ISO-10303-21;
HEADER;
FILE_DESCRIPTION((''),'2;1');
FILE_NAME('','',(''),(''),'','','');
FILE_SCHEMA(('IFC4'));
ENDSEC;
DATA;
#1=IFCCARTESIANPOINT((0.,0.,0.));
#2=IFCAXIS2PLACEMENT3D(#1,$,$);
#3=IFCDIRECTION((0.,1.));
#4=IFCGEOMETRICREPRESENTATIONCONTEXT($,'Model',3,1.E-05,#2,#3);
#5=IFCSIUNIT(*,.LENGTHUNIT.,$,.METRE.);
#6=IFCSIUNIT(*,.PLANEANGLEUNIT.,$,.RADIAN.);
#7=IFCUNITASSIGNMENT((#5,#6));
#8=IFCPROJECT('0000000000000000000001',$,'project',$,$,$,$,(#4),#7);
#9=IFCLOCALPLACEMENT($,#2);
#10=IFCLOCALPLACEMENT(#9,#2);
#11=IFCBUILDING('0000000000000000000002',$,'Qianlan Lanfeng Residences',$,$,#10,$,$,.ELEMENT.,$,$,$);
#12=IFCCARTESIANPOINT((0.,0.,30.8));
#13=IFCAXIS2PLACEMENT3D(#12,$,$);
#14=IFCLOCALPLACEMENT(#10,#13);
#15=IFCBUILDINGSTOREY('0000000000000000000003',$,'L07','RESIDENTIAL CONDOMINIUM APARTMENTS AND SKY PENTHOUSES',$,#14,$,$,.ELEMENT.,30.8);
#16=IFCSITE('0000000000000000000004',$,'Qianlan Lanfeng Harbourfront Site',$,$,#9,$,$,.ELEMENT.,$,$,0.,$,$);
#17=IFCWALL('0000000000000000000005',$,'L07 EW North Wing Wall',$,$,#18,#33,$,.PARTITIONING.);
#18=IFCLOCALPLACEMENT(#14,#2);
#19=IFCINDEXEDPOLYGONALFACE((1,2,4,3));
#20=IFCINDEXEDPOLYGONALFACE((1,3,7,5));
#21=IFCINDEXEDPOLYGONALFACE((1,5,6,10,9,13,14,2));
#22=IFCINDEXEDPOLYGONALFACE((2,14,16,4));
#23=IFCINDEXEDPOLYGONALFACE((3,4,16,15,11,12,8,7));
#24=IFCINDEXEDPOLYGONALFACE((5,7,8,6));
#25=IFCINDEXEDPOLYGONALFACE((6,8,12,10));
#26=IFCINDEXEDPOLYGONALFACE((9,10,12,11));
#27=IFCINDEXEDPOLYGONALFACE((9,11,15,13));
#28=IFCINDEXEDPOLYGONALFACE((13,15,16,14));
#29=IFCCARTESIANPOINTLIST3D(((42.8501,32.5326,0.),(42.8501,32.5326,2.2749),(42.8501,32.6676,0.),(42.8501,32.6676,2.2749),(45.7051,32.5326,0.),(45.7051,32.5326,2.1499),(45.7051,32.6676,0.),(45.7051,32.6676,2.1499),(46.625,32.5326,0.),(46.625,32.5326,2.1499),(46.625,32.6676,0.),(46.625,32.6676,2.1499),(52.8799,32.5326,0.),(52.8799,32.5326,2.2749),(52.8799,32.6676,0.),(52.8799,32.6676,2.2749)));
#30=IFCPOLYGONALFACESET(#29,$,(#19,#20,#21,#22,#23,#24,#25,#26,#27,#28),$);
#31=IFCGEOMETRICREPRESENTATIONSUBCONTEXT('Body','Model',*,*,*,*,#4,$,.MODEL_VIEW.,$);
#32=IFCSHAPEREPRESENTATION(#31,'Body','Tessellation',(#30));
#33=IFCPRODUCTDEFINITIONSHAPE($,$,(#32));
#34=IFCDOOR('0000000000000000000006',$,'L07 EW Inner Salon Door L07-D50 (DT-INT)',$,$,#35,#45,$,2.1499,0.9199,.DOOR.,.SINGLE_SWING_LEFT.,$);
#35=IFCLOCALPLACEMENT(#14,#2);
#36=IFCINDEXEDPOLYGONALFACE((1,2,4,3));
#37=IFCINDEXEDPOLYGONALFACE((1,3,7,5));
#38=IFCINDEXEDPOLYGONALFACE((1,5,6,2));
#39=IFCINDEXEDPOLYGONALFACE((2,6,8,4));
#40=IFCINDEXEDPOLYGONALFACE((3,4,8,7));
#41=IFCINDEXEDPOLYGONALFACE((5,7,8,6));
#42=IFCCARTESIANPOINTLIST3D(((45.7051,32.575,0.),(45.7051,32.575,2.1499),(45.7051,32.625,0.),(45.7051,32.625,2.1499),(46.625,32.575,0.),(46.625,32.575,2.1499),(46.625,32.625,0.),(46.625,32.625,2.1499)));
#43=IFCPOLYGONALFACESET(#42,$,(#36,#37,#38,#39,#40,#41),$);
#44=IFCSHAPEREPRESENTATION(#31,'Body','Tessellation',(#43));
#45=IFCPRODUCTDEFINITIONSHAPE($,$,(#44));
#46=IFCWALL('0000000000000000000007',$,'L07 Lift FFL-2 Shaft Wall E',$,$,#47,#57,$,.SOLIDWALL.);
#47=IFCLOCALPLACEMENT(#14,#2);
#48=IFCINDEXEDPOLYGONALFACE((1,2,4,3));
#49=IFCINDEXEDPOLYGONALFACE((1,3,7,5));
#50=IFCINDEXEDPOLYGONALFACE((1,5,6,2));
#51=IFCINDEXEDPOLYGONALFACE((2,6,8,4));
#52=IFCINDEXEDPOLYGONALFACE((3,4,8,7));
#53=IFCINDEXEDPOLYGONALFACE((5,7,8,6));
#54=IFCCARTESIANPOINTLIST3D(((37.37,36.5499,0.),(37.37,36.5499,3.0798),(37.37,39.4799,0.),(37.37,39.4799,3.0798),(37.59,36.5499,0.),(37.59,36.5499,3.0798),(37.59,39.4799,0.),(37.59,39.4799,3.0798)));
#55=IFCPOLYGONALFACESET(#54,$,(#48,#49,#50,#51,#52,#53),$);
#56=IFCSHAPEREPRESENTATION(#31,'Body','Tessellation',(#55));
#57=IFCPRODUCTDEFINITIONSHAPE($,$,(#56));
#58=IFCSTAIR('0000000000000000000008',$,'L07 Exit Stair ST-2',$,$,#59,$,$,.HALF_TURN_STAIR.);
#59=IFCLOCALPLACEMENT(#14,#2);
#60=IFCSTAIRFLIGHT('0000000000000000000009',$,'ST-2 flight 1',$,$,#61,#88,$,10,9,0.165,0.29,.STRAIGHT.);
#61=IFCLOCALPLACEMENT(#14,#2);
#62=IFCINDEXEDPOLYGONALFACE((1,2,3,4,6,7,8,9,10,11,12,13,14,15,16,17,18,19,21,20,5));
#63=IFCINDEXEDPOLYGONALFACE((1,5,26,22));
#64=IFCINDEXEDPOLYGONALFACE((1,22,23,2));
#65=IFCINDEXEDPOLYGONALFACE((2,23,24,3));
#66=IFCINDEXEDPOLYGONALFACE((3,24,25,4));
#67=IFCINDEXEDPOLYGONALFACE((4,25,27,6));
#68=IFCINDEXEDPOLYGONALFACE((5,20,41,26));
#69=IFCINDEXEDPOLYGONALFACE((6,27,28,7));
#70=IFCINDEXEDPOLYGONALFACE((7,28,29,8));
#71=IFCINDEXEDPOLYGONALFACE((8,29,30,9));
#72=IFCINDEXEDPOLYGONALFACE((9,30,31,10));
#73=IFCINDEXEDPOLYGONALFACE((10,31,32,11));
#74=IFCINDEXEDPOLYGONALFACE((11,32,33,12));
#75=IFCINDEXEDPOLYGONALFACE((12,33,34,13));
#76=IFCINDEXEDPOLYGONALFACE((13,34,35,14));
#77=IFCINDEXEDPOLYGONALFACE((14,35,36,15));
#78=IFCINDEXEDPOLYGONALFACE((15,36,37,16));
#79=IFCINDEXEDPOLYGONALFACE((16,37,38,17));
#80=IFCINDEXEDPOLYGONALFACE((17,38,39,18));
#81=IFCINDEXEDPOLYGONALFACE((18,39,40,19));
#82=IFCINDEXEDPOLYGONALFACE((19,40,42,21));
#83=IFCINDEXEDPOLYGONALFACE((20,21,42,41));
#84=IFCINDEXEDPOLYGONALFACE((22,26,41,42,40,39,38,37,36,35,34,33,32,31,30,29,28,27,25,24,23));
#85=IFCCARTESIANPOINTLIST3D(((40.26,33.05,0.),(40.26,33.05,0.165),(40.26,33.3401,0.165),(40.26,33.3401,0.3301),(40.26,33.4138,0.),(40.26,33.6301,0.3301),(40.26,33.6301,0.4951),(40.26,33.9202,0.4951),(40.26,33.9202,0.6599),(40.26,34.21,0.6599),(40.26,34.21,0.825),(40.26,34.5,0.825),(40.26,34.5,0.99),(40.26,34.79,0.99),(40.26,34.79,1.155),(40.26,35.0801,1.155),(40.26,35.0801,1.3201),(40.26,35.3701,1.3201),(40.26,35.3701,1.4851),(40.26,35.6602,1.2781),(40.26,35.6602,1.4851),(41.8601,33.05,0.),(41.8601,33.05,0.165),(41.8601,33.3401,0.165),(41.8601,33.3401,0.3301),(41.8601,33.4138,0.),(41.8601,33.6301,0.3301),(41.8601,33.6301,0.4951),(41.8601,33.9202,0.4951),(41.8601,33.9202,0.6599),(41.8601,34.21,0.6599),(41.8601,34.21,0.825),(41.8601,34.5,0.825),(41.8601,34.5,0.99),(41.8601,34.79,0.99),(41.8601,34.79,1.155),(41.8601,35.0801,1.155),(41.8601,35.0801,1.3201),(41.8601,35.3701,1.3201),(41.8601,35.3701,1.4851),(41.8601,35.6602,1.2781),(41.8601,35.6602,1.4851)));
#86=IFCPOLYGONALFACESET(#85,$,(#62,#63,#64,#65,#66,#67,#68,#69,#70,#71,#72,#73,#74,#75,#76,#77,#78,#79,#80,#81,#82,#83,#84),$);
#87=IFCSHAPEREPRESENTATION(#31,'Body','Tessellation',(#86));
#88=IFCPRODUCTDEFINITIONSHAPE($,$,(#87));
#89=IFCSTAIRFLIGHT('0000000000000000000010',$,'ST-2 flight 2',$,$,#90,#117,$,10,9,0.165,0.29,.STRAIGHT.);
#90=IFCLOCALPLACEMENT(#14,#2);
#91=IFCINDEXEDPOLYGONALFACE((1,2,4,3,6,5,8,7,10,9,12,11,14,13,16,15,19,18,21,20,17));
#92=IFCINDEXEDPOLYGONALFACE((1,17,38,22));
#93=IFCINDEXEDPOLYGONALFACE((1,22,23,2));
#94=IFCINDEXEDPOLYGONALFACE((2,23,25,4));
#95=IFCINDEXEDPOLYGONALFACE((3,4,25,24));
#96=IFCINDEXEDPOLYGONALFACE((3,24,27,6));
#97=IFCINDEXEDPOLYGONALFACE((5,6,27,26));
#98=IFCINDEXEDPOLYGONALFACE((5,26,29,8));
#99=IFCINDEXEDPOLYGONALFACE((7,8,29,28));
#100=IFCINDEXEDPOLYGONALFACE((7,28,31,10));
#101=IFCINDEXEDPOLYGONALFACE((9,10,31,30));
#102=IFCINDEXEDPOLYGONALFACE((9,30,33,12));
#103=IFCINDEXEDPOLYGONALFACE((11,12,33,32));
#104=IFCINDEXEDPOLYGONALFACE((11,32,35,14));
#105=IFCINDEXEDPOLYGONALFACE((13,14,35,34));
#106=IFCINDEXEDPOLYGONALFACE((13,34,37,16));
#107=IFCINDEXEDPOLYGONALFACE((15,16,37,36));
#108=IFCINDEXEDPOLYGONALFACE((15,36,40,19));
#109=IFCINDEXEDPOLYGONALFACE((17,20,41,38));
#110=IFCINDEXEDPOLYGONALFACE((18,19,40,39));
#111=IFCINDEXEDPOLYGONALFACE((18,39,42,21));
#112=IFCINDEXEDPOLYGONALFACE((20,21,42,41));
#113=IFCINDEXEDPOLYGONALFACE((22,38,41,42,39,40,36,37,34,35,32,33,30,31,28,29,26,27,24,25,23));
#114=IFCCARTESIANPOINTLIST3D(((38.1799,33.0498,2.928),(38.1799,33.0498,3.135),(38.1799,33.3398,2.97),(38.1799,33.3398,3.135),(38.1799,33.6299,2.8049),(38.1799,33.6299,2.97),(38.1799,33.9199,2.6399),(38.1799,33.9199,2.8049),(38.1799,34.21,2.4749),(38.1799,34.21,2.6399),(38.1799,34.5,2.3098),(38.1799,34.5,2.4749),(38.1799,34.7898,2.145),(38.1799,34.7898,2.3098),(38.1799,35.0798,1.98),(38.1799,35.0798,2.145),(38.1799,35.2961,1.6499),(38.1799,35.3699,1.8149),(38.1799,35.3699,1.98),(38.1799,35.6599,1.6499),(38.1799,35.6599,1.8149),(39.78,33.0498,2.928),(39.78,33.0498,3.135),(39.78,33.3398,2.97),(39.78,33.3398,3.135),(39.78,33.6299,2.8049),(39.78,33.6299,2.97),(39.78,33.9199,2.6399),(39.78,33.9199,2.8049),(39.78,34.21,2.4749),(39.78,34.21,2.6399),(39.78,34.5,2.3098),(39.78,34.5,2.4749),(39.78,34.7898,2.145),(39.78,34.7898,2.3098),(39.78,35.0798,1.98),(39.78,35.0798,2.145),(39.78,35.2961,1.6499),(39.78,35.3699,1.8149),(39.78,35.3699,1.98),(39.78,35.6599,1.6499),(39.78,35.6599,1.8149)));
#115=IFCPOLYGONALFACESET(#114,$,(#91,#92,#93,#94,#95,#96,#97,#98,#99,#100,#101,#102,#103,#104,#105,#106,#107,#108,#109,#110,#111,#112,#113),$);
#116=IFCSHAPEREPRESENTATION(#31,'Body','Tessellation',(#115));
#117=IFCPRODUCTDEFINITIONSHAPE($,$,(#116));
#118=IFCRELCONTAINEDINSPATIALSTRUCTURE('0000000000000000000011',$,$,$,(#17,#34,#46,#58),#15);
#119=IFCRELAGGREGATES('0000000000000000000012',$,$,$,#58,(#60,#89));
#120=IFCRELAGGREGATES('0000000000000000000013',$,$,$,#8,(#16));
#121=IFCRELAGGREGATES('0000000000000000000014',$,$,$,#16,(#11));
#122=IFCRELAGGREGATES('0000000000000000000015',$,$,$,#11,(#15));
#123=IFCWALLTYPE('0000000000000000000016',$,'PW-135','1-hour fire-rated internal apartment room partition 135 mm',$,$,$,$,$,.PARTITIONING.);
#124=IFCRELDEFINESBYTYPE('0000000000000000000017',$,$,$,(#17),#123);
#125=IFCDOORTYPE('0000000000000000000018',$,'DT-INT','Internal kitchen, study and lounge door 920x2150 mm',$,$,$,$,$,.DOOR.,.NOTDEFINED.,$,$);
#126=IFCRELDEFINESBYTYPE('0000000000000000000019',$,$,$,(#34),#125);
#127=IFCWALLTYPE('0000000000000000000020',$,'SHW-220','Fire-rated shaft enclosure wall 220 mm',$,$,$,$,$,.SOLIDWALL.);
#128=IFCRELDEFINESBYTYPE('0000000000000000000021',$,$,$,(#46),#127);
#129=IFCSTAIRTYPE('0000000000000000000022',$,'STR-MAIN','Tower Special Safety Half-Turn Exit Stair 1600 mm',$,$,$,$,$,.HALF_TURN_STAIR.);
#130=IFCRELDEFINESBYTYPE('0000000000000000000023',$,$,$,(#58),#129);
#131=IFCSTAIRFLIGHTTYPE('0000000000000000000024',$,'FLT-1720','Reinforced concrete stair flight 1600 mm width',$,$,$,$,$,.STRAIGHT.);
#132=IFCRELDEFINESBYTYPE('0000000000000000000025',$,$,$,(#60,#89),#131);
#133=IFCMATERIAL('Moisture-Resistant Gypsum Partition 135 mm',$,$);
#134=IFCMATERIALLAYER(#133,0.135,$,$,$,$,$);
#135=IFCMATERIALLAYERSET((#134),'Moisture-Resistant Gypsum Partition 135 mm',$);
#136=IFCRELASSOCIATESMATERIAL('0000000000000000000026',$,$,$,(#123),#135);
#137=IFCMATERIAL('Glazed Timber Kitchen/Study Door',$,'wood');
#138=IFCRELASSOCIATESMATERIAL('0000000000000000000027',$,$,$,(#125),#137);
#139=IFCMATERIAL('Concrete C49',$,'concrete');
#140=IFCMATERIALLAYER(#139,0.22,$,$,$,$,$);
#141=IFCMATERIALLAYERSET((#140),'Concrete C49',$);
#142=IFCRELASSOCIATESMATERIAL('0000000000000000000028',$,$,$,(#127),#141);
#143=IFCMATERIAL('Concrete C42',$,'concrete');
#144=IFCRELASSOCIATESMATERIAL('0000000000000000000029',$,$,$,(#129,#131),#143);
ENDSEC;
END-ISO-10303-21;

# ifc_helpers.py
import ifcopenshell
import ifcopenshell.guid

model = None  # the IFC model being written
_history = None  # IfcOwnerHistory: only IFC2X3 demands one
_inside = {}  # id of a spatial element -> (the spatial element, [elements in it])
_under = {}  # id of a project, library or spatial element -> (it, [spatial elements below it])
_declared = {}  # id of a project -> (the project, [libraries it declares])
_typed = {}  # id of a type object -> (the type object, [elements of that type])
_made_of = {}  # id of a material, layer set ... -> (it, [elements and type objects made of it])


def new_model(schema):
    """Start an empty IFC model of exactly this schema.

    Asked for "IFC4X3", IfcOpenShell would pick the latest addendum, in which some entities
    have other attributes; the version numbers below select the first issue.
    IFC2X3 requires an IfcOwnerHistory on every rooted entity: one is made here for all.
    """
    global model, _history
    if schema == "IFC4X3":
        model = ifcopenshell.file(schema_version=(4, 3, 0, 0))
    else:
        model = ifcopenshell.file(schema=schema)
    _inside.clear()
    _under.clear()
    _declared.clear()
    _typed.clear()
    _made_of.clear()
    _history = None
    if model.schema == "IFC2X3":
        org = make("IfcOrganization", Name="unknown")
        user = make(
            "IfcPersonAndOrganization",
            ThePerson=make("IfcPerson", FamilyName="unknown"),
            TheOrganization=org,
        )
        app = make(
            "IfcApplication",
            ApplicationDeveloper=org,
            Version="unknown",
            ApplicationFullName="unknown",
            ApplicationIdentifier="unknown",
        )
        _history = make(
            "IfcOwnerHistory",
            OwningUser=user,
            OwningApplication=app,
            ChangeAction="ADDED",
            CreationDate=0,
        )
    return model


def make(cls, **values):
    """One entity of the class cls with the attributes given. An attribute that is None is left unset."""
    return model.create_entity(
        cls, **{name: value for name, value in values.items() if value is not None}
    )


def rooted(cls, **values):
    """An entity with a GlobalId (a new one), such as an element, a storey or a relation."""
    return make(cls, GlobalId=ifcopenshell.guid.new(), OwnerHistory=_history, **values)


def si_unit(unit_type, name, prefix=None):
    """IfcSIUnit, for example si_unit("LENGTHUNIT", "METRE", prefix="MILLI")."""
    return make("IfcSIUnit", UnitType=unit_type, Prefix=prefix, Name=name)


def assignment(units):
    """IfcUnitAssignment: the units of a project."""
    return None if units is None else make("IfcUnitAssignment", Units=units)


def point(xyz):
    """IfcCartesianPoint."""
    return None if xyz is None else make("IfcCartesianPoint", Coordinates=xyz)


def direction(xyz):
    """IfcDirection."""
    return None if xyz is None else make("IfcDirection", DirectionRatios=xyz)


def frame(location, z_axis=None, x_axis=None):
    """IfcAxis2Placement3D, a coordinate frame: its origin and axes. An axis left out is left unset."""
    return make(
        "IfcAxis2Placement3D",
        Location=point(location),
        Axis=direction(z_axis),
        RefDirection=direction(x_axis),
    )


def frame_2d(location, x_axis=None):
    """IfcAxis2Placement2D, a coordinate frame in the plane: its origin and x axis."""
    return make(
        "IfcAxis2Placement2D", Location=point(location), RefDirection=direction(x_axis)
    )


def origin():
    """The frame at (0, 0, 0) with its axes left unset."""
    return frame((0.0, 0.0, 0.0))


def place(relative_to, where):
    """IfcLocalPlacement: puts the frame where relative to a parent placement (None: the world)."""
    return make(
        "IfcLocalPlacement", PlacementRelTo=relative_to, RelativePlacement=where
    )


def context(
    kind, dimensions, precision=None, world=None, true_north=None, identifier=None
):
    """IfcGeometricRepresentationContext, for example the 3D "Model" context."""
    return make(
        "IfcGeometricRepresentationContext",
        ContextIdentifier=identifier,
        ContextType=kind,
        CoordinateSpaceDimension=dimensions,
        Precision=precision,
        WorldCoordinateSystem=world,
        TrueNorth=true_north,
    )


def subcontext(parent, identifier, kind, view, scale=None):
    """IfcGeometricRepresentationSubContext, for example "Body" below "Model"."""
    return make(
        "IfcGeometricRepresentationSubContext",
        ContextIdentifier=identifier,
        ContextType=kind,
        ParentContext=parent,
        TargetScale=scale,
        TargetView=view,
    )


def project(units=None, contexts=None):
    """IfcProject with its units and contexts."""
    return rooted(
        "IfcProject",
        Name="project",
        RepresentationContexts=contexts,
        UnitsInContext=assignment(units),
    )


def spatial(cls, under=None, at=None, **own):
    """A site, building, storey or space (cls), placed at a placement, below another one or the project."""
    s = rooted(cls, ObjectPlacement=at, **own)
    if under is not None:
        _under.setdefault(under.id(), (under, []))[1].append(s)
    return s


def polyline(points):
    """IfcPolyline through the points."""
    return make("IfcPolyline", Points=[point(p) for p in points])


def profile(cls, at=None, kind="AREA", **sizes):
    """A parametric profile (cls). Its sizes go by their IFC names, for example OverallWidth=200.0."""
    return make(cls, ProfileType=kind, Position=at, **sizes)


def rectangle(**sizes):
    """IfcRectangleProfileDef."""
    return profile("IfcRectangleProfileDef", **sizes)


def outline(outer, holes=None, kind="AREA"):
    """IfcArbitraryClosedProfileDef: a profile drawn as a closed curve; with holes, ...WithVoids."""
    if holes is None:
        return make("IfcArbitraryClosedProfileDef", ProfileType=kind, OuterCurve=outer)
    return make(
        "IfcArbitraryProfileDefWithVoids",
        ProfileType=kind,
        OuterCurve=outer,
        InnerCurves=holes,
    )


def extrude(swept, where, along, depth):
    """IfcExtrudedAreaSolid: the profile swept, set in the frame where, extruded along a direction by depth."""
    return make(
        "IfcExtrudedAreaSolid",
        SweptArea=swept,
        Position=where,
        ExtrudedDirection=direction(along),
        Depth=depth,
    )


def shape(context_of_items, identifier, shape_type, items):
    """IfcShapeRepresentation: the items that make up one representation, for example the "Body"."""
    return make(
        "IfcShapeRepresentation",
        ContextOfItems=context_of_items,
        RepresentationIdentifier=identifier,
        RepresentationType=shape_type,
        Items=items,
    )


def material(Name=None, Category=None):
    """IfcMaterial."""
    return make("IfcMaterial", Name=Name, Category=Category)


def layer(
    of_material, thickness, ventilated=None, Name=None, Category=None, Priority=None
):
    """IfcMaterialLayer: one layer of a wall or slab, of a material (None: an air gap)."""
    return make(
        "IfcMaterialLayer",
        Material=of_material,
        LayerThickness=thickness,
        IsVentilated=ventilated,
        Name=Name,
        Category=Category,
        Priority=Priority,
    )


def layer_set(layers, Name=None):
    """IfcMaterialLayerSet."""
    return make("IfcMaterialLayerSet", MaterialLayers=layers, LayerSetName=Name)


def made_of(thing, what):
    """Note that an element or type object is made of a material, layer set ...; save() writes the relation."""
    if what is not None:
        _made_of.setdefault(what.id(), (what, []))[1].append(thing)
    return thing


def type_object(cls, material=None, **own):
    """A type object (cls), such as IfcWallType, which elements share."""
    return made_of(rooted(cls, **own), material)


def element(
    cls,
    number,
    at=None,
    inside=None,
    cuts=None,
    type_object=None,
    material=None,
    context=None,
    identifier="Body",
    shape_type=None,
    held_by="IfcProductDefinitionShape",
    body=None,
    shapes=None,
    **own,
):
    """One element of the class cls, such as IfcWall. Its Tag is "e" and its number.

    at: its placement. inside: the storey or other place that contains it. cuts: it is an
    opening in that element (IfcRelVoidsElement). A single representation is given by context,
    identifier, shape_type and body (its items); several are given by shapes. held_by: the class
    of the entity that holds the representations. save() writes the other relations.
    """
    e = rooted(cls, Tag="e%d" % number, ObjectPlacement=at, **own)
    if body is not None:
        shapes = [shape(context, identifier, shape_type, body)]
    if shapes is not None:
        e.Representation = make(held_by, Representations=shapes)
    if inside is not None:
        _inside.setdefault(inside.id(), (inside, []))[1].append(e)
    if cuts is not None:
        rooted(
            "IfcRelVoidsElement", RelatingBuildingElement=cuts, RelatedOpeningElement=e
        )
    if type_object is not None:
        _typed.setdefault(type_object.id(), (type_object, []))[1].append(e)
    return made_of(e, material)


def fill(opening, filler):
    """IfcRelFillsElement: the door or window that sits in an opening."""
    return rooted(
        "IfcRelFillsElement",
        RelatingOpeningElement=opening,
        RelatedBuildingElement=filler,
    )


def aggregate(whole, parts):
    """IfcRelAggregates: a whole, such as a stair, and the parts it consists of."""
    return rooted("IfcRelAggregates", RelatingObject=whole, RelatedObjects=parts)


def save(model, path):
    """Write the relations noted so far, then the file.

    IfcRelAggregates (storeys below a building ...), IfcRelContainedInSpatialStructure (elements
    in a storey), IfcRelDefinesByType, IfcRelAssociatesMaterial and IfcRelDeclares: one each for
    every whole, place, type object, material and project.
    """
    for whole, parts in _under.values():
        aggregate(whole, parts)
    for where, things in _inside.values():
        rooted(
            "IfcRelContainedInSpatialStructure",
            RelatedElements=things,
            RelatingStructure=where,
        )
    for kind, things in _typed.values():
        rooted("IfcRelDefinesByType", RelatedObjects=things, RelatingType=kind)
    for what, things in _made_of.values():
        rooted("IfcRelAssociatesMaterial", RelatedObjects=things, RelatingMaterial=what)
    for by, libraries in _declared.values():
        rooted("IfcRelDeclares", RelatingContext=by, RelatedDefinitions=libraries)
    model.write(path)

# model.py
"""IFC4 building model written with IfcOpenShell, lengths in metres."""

from ifc_helpers import new_model, si_unit, direction, frame, frame_2d, origin, place, context, subcontext, project, spatial, polyline, rectangle, outline, extrude, material, layer, layer_set, type_object, element, fill, aggregate, save


model = new_model("IFC4")

# Units and contexts
model_context = context("Model", 3, precision=1e-05, world=origin(), true_north=direction((0.0, 1.0)))
body_context = subcontext(model_context, "Body", "Model", "MODEL_VIEW")
ifc_project = project(units=[si_unit("LENGTHUNIT", "METRE"), si_unit("PLANEANGLEUNIT", "RADIAN")], contexts=[model_context])

# Site, building, storey
site_placement = place(None, origin())
site = spatial("IfcSite", under=ifc_project, at=site_placement, Name="Qianlan Lanfeng Harbourfront Site", CompositionType="ELEMENT", RefElevation=0.0)
building_placement = place(site_placement, origin())
building = spatial("IfcBuilding", under=site, at=building_placement, Name="Qianlan Lanfeng Residences", CompositionType="ELEMENT")
storey_placement = place(building_placement, frame((0.0, 0.0, 30.8)))
storey = spatial("IfcBuildingStorey", under=building, at=storey_placement, Name="L07", Description="RESIDENTIAL CONDOMINIUM APARTMENTS AND SKY PENTHOUSES", CompositionType="ELEMENT", Elevation=30.8)

# Shared definitions
ifc_material_1 = material(Name="Concrete C42", Category="concrete")

# Wall, opening, door
ifc_material_2 = material(Name="Moisture-Resistant Gypsum Partition 135 mm")
ifc_layer_1 = layer(ifc_material_2, 0.135)
ifc_layer_set_1 = layer_set([ifc_layer_1], Name="Moisture-Resistant Gypsum Partition 135 mm")
wall_type_1 = type_object("IfcWallType", Name="PW-135", Description="1-hour fire-rated internal apartment room partition 135 mm", PredefinedType="PARTITIONING", material=ifc_layer_set_1)
wall_1_placement = place(storey_placement, frame((42.8501, 32.6001, 0.0), z_axis=(0.0, 0.0, 1.0), x_axis=(1.0, 0.0, 0.0)))
wall_1 = element("IfcWall", 1, at=wall_1_placement, inside=storey, type_object=wall_type_1, Name="L07 EW North Wing Wall", PredefinedType="PARTITIONING", context=body_context, shape_type="SweptSolid", body=[
    extrude(rectangle(XDim=10.0298, YDim=0.135, at=frame_2d((5.0149, 0.0))), origin(), (0.0, 0.0, 1.0), 2.2749),
])
opening_1_placement = place(wall_1_placement, frame((2.855, 0.0, 0.0)))
opening_1 = element("IfcOpeningElement", 2, at=opening_1_placement, cuts=wall_1, PredefinedType="OPENING", context=body_context, shape_type="SweptSolid", body=[
    extrude(rectangle(XDim=0.9199, YDim=2.1499, at=frame_2d((0.46, 1.075))), frame((0.0, 0.0776, 0.0), z_axis=(0.0, -1.0, 0.0), x_axis=(1.0, 0.0, 0.0)), (0.0, 0.0, 1.0), 0.155),
])
ifc_material_3 = material(Name="Glazed Timber Kitchen/Study Door", Category="wood")
door_type_1 = type_object("IfcDoorType", Name="DT-INT", Description="Internal kitchen, study and lounge door 920x2150 mm", OperationType="NOTDEFINED", PredefinedType="DOOR", material=ifc_material_3)
door_1_placement = place(opening_1_placement, origin())
door_1 = element("IfcDoor", 3, at=door_1_placement, inside=storey, type_object=door_type_1, Name="L07 EW Inner Salon Door L07-D50 (DT-INT)", OperationType="SINGLE_SWING_LEFT", OverallHeight=2.1499, OverallWidth=0.9199, PredefinedType="DOOR", context=body_context, shape_type="SweptSolid", body=[
    extrude(rectangle(XDim=0.9199, YDim=2.1499, at=frame_2d((0.46, 1.075))), frame((0.0, 0.0249, 0.0), z_axis=(0.0, -1.0, 0.0), x_axis=(1.0, 0.0, 0.0)), (0.0, 0.0, 1.0), 0.05),
])
fill(opening_1, door_1)

# Wall
ifc_material_4 = material(Name="Concrete C49", Category="concrete")
ifc_layer_2 = layer(ifc_material_4, 0.22)
ifc_layer_set_2 = layer_set([ifc_layer_2], Name="Concrete C49")
wall_type_2 = type_object("IfcWallType", Name="SHW-220", Description="Fire-rated shaft enclosure wall 220 mm", PredefinedType="SOLIDWALL", material=ifc_layer_set_2)
wall_2_placement = place(storey_placement, frame((37.48, 36.55, 0.0), z_axis=(0.0, 0.0, 1.0), x_axis=(0.0, 1.0, 0.0)))
element("IfcWall", 4, at=wall_2_placement, inside=storey, type_object=wall_type_2, Name="L07 Lift FFL-2 Shaft Wall E", PredefinedType="SOLIDWALL", context=body_context, shape_type="SweptSolid", body=[
    extrude(rectangle(XDim=2.9299, YDim=0.22, at=frame_2d((1.4648, 0.0))), origin(), (0.0, 0.0, 1.0), 3.0798),
])

# Stair, stair flights
stair_type = type_object("IfcStairType", Name="STR-MAIN", Description="Tower Special Safety Half-Turn Exit Stair 1600 mm", PredefinedType="HALF_TURN_STAIR", material=ifc_material_1)
stair_placement = place(storey_placement, origin())
stair = element("IfcStair", 5, at=stair_placement, inside=storey, type_object=stair_type, Name="L07 Exit Stair ST-2", PredefinedType="HALF_TURN_STAIR")
stair_flight_type = type_object("IfcStairFlightType", Name="FLT-1720", Description="Reinforced concrete stair flight 1600 mm width", PredefinedType="STRAIGHT", material=ifc_material_1)
stair_flight_1_placement = place(storey_placement, frame((41.0601, 33.05, 0.0), z_axis=(0.0, 0.0, 1.0), x_axis=(0.0, 1.0, 0.0)))
stair_flight_1 = element("IfcStairFlight", 6, at=stair_flight_1_placement, type_object=stair_flight_type, Name="ST-2 flight 1", NumberOfRisers=10, NumberOfTreads=9, PredefinedType="STRAIGHT", RiserHeight=0.165, TreadLength=0.29, context=body_context, shape_type="SweptSolid", body=[
    extrude(outline(polyline([(0.0, 0.0), (0.0, 0.165), (0.29, 0.165), (0.29, 0.3301), (0.5801, 0.3301), (0.5801, 0.4951), (0.8701, 0.4951), (0.8701, 0.6599), (1.1599, 0.6599), (1.1599, 0.825), (1.45, 0.825), (1.45, 0.99), (1.74, 0.99), (1.74, 1.155), (2.03, 1.155), (2.03, 1.3201), (2.3201, 1.3201), (2.3201, 1.4851), (2.6101, 1.4851), (2.6101, 1.6499), (2.6101, 1.2781), (0.3638, 0.0), (0.0, 0.0)])), frame((0.0, 0.8, 0.0), z_axis=(0.0, -1.0, 0.0), x_axis=(1.0, 0.0, 0.0)), (0.0, 0.0, 1.0), 1.6001),
])
stair_flight_2_placement = place(storey_placement, frame((38.98, 35.6599, 1.6499), z_axis=(0.0, 0.0, 1.0), x_axis=(0.0, -1.0, 0.0)))
stair_flight_2 = element("IfcStairFlight", 7, at=stair_flight_2_placement, type_object=stair_flight_type, Name="ST-2 flight 2", NumberOfRisers=10, NumberOfTreads=9, PredefinedType="STRAIGHT", RiserHeight=0.165, TreadLength=0.29, context=body_context, shape_type="SweptSolid", body=[
    extrude(outline(polyline([(0.0, 0.0), (0.0, 0.165), (0.29, 0.165), (0.29, 0.3301), (0.5801, 0.3301), (0.5801, 0.4951), (0.8701, 0.4951), (0.8701, 0.6599), (1.1599, 0.6599), (1.1599, 0.825), (1.45, 0.825), (1.45, 0.99), (1.74, 0.99), (1.74, 1.155), (2.03, 1.155), (2.03, 1.3201), (2.3201, 1.3201), (2.3201, 1.4851), (2.6101, 1.4851), (2.6101, 1.6499), (2.6101, 1.2781), (0.3638, 0.0), (0.0, 0.0)])), frame((0.0, 0.8, 0.0), z_axis=(0.0, -1.0, 0.0), x_axis=(1.0, 0.0, 0.0)), (0.0, 0.0, 1.0), 1.6001),
])
aggregate(stair, [stair_flight_1, stair_flight_2])

save(model, "model.ifc")
